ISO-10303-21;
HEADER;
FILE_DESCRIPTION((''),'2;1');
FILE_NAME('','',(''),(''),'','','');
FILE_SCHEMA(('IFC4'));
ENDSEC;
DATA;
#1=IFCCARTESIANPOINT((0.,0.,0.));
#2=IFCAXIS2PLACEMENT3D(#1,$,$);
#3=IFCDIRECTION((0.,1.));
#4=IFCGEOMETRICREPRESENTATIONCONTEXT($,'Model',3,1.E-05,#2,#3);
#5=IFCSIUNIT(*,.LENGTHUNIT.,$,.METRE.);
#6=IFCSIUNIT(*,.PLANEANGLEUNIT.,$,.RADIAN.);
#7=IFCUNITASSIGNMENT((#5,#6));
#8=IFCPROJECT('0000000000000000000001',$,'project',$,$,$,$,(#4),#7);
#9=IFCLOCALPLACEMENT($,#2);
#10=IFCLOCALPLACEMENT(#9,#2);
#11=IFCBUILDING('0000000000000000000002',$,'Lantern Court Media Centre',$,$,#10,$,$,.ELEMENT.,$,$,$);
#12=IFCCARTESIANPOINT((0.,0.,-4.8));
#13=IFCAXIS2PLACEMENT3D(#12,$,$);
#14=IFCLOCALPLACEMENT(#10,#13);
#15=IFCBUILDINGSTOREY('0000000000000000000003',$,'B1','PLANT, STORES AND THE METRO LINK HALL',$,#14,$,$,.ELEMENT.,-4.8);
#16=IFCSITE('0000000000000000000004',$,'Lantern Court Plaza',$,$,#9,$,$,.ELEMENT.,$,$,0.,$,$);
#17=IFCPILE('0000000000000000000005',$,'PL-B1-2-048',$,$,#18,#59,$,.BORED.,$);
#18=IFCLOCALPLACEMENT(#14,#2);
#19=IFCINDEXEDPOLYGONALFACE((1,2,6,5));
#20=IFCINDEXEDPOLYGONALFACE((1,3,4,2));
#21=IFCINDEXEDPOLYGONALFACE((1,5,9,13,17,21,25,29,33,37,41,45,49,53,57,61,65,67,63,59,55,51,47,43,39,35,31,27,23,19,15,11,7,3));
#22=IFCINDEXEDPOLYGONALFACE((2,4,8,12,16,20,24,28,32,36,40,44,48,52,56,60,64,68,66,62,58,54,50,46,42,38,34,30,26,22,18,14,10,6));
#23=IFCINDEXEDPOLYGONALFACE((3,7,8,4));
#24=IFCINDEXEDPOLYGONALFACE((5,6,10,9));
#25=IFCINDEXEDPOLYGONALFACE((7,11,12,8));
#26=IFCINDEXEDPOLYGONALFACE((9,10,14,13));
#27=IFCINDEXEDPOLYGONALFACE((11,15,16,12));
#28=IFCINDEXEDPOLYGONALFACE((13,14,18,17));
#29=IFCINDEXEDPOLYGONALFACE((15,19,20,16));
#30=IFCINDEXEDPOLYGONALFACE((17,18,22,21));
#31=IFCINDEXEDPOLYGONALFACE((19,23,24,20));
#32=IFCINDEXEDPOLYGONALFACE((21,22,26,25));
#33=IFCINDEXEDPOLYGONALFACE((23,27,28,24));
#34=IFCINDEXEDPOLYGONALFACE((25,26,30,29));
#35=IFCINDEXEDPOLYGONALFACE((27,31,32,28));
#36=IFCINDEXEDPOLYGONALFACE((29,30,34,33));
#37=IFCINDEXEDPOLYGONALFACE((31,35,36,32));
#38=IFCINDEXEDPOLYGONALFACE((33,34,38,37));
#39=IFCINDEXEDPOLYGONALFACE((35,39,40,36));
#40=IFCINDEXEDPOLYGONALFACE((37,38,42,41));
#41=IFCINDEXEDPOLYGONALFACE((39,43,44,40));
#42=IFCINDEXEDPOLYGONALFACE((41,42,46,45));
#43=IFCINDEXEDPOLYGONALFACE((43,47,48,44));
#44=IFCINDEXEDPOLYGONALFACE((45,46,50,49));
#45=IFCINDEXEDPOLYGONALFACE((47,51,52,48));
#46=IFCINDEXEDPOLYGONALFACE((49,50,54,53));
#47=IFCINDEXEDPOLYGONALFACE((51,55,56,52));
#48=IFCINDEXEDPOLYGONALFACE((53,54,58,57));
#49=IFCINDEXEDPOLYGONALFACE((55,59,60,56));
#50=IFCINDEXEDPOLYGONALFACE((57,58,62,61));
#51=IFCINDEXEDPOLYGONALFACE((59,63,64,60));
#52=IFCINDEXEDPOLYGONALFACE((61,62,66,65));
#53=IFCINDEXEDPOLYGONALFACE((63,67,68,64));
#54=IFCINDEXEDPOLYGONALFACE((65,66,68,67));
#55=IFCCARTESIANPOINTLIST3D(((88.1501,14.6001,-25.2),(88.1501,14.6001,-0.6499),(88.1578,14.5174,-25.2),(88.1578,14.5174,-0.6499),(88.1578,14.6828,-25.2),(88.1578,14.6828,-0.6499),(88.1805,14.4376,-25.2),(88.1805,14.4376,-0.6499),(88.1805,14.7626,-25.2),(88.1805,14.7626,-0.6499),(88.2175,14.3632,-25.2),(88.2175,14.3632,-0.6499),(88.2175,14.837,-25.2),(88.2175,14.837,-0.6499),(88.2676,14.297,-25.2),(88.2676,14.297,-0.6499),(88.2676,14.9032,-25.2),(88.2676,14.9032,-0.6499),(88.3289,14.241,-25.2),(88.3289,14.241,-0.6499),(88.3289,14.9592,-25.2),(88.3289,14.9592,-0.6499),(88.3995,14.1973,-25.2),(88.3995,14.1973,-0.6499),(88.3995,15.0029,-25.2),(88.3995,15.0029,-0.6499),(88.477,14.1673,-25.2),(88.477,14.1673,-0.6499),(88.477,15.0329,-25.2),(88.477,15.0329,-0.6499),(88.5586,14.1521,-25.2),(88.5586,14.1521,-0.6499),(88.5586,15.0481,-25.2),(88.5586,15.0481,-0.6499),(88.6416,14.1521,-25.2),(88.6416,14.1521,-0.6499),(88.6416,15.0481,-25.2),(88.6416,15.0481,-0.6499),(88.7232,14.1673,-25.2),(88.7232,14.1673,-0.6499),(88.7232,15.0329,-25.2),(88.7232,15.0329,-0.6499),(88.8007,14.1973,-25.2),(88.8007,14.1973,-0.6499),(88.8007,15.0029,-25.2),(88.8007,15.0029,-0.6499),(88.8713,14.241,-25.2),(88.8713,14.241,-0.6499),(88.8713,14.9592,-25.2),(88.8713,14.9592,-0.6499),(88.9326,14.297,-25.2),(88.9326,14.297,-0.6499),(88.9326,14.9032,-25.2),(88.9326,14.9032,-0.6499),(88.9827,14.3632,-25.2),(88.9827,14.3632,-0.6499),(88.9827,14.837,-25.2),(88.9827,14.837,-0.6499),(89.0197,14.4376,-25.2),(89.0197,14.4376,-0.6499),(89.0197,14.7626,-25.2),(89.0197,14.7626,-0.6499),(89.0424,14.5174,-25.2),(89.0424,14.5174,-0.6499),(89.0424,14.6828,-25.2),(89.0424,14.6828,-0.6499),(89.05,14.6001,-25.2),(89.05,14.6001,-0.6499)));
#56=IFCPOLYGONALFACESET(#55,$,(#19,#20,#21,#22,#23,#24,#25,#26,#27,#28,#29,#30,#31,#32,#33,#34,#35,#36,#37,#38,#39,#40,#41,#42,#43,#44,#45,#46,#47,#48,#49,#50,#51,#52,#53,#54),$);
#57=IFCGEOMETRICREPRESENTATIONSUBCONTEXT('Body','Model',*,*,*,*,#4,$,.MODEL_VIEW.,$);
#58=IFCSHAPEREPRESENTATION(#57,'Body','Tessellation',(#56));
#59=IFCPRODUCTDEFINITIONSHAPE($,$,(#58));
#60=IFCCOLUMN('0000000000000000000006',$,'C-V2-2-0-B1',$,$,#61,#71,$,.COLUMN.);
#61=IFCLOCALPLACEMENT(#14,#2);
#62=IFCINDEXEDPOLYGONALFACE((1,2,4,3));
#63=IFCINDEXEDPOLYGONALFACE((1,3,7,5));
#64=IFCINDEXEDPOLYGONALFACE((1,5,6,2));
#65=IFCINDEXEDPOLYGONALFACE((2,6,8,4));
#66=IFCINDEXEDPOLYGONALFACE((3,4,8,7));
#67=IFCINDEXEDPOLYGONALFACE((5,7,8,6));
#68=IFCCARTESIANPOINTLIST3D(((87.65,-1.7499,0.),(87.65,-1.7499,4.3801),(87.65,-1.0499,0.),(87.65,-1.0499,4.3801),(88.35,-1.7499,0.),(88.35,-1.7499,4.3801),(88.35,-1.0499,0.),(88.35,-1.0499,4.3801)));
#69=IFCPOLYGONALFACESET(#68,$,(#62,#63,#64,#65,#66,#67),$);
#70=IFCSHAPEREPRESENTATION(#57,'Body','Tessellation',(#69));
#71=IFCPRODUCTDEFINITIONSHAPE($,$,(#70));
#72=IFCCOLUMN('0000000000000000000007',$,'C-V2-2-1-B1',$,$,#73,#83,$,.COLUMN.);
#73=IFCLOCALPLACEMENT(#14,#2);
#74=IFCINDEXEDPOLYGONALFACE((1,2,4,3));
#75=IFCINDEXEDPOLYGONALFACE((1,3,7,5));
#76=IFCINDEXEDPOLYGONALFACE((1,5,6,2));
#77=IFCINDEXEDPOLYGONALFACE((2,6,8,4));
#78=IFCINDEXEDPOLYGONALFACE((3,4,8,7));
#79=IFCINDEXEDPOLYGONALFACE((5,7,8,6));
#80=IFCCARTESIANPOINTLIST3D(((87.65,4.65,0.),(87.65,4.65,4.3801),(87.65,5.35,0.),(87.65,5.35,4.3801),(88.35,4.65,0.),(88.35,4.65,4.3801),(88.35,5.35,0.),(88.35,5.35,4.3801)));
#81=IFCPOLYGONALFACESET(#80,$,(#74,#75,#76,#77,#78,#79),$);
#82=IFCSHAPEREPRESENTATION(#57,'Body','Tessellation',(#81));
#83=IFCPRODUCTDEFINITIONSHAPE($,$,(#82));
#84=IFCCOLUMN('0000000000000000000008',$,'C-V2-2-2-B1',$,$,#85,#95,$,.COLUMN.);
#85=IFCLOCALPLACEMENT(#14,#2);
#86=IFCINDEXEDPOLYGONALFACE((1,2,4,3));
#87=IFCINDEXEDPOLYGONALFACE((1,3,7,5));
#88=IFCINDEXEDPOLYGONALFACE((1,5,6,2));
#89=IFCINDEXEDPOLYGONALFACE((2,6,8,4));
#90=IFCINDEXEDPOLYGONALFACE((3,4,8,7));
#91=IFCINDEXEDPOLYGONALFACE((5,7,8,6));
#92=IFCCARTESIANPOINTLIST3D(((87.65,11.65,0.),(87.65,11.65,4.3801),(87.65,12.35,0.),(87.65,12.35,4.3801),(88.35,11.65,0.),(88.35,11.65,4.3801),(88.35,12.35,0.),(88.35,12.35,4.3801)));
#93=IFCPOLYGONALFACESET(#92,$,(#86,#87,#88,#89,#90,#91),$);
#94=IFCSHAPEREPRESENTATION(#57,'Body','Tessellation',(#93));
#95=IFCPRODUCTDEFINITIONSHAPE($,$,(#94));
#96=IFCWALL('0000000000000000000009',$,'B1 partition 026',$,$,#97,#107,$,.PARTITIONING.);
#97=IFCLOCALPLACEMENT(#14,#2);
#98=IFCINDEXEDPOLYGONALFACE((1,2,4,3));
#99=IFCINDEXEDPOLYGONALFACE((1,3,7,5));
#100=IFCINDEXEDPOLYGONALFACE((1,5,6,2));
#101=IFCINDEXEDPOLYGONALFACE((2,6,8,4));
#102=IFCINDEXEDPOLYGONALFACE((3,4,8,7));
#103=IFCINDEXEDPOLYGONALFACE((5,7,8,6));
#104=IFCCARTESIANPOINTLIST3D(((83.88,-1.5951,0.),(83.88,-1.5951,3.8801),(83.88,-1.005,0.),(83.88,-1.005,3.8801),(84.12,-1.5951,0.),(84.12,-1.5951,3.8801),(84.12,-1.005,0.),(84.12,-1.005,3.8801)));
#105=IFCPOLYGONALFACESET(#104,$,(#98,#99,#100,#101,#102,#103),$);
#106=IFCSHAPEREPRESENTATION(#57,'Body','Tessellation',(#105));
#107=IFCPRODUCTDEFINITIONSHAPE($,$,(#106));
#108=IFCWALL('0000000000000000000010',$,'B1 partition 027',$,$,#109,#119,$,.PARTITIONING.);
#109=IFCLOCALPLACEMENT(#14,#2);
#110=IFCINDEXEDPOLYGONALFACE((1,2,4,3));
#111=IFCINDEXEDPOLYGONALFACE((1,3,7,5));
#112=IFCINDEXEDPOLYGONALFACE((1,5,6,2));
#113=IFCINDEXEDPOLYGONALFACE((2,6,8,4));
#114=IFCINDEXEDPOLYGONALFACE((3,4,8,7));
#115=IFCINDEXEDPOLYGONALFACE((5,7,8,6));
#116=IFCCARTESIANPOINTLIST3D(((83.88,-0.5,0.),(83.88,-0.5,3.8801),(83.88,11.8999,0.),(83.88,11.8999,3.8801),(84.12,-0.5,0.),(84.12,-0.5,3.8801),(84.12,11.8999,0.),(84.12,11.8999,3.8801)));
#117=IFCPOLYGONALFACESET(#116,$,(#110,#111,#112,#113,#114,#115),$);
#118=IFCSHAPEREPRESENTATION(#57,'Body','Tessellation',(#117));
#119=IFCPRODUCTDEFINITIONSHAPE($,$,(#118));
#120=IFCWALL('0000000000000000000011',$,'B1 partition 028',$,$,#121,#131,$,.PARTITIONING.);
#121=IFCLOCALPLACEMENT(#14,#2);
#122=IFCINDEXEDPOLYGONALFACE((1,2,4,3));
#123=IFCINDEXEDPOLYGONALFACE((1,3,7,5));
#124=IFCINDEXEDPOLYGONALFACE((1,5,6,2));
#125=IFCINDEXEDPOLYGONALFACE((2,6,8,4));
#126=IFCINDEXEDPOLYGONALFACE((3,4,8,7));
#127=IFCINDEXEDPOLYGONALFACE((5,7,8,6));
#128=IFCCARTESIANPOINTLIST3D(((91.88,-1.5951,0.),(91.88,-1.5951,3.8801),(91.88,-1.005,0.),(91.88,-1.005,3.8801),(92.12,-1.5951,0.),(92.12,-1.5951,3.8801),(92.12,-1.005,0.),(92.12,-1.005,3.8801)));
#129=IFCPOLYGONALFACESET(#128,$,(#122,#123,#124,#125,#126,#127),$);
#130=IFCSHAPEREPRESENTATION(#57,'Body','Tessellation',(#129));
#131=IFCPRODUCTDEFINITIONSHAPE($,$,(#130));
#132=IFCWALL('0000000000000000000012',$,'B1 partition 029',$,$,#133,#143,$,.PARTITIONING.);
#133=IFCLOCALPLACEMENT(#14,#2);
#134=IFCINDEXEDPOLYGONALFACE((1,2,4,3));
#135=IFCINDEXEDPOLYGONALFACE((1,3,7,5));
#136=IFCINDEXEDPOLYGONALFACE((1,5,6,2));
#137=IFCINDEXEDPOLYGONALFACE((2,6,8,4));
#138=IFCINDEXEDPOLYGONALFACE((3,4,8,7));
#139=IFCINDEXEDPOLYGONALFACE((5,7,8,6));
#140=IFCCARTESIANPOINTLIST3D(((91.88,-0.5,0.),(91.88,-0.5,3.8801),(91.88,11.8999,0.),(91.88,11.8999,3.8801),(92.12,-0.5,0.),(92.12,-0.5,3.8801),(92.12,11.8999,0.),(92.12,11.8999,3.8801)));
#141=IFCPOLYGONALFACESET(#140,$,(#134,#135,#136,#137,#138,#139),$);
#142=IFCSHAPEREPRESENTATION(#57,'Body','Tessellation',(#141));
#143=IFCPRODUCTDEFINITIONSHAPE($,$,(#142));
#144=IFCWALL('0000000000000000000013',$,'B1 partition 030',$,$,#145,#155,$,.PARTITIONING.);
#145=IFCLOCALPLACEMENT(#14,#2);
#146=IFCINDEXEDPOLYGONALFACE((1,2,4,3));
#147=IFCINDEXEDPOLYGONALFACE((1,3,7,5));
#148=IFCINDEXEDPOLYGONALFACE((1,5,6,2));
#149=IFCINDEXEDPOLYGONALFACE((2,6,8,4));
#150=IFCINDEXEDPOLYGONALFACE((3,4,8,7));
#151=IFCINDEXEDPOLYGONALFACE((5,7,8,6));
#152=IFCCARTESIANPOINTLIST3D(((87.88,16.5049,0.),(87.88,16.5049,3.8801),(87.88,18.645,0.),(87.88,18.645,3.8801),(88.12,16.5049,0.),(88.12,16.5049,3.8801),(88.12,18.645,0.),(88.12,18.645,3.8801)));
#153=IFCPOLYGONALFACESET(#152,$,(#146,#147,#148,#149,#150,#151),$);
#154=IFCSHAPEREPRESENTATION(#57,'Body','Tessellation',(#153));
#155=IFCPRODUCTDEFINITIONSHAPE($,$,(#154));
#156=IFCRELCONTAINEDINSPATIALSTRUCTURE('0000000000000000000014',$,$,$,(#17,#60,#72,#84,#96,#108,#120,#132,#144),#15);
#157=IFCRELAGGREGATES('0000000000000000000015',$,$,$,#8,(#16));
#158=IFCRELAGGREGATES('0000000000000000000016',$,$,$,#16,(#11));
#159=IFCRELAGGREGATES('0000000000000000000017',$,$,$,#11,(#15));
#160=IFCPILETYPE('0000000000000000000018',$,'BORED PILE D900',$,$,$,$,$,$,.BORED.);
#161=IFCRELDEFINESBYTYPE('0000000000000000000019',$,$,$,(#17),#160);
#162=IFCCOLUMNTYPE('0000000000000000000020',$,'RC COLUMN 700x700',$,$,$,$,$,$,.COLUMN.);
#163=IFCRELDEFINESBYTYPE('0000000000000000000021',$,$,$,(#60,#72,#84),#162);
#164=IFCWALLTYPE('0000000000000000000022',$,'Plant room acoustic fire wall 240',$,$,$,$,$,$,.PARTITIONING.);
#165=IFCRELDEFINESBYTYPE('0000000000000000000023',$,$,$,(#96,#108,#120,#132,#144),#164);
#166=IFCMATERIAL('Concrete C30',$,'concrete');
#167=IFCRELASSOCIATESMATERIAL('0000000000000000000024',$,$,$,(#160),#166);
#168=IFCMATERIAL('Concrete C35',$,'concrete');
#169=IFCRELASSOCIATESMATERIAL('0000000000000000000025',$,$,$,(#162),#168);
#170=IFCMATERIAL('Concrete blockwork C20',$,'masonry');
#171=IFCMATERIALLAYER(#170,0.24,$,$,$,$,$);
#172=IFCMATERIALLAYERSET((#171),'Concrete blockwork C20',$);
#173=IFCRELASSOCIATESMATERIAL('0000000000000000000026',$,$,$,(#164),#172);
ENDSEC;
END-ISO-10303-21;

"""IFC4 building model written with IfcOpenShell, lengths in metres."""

from ifc_helpers import new_model, si_unit, direction, frame, frame_2d, origin, origin_2d, place, context, subcontext, project, spatial, rectangle, circle, extrude, material, layer, layer_set, material_profile, profile_set, type_object, element, save


model = new_model("IFC4")

# Units and contexts
model_context = context("Model", 3, precision=1e-05, world=origin(), true_north=direction((0.0, 1.0)))
body_context = subcontext(model_context, "Body", "Model", "MODEL_VIEW")
ifc_project = project(units=[si_unit("LENGTHUNIT", "METRE"), si_unit("PLANEANGLEUNIT", "RADIAN")], contexts=[model_context])

# Site, building, storey
site_placement = place(None, origin())
site = spatial("IfcSite", under=ifc_project, at=site_placement, Name="Lantern Court Plaza", CompositionType="ELEMENT", RefElevation=0.0)
building_placement = place(site_placement, origin())
building = spatial("IfcBuilding", under=site, at=building_placement, Name="Lantern Court Media Centre", CompositionType="ELEMENT")
storey_placement = place(building_placement, frame((0.0, 0.0, -4.8)))
storey = spatial("IfcBuildingStorey", under=building, at=storey_placement, Name="B1", Description="PLANT, STORES AND THE METRO LINK HALL", CompositionType="ELEMENT", Elevation=-4.8)

# Pile
ifc_material_1 = material(Name="Concrete C30", Category="concrete")
ifc_material_profile_1 = material_profile(ifc_material_1, circle(Radius=0.45, at=origin_2d()), Name="D900")
ifc_profile_set_1 = profile_set([ifc_material_profile_1], Name="Concrete C30")
pile_type = type_object("IfcPileType", Name="BORED PILE D900", PredefinedType="BORED", material=ifc_profile_set_1)
for number, where, z_axis, x_axis, name in (
    (1, (88.6001, 14.6001, -0.6499), (0.0, 0.0, -1.0), (1.0, 0.0, 0.0), "PL-B1-2-048"),
):
    element("IfcPile", number, at=place(storey_placement, frame(where, z_axis=z_axis, x_axis=x_axis)), inside=storey, type_object=pile_type, Name=name, PredefinedType="BORED", context=body_context, shape_type="SweptSolid", body=[
        extrude(circle(Radius=0.45, at=origin_2d()), origin(), (0.0, 0.0, 1.0), 24.55),
    ])

# Columns
ifc_material_2 = material(Name="Concrete C35", Category="concrete")
ifc_material_profile_2 = material_profile(ifc_material_2, rectangle(XDim=0.7, YDim=0.7, at=origin_2d()), Name="RC 700x700")
ifc_profile_set_2 = profile_set([ifc_material_profile_2], Name="Concrete C35")
column_type = type_object("IfcColumnType", Name="RC COLUMN 700x700", PredefinedType="COLUMN", material=ifc_profile_set_2)
for number, where, z_axis, x_axis, name in (
    (2, (88.0, -1.3999, 0.0), (0.0, 0.0, 1.0), (1.0, 0.0, 0.0), "C-V2-2-0-B1"),
    (3, (88.0, 5.0, 0.0), (0.0, 0.0, 1.0), (1.0, 0.0, 0.0), "C-V2-2-1-B1"),
    (4, (88.0, 12.0, 0.0), (0.0, 0.0, 1.0), (1.0, 0.0, 0.0), "C-V2-2-2-B1"),
):
    element("IfcColumn", number, at=place(storey_placement, frame(where, z_axis=z_axis, x_axis=x_axis)), inside=storey, type_object=column_type, Name=name, PredefinedType="COLUMN", context=body_context, shape_type="SweptSolid", body=[
        extrude(rectangle(XDim=0.7, YDim=0.7, at=origin_2d()), origin(), (0.0, 0.0, 1.0), 4.3801),
    ])

# Walls
ifc_material_3 = material(Name="Concrete blockwork C20", Category="masonry")
ifc_layer = layer(ifc_material_3, 0.24)
ifc_layer_set = layer_set([ifc_layer], Name="Concrete blockwork C20")
wall_type = type_object("IfcWallType", Name="Plant room acoustic fire wall 240", PredefinedType="PARTITIONING", material=ifc_layer_set)
wall_1_placement = place(storey_placement, frame((84.0, -1.595, 0.0), z_axis=(0.0, 0.0, 1.0), x_axis=(0.0, 1.0, 0.0)))
element("IfcWall", 5, at=wall_1_placement, inside=storey, type_object=wall_type, Name="B1 partition 026", PredefinedType="PARTITIONING", context=body_context, shape_type="SweptSolid", body=[
    extrude(rectangle(XDim=0.5901, YDim=0.24, at=frame_2d((0.2949, 0.0))), origin(), (0.0, 0.0, 1.0), 3.8801),
])
wall_2_placement = place(storey_placement, frame((84.0, -0.5, 0.0), z_axis=(0.0, 0.0, 1.0), x_axis=(0.0, 1.0, 0.0)))
element("IfcWall", 6, at=wall_2_placement, inside=storey, type_object=wall_type, Name="B1 partition 027", PredefinedType="PARTITIONING", context=body_context, shape_type="SweptSolid", body=[
    extrude(rectangle(XDim=12.3999, YDim=0.24, at=frame_2d((6.2, 0.0))), origin(), (0.0, 0.0, 1.0), 3.8801),
])
wall_3_placement = place(storey_placement, frame((92.0, -1.595, 0.0), z_axis=(0.0, 0.0, 1.0), x_axis=(0.0, 1.0, 0.0)))
element("IfcWall", 7, at=wall_3_placement, inside=storey, type_object=wall_type, Name="B1 partition 028", PredefinedType="PARTITIONING", context=body_context, shape_type="SweptSolid", body=[
    extrude(rectangle(XDim=0.5901, YDim=0.24, at=frame_2d((0.2949, 0.0))), origin(), (0.0, 0.0, 1.0), 3.8801),
])
wall_4_placement = place(storey_placement, frame((92.0, -0.5, 0.0), z_axis=(0.0, 0.0, 1.0), x_axis=(0.0, 1.0, 0.0)))
element("IfcWall", 8, at=wall_4_placement, inside=storey, type_object=wall_type, Name="B1 partition 029", PredefinedType="PARTITIONING", context=body_context, shape_type="SweptSolid", body=[
    extrude(rectangle(XDim=12.3999, YDim=0.24, at=frame_2d((6.2, 0.0))), origin(), (0.0, 0.0, 1.0), 3.8801),
])
wall_5_placement = place(storey_placement, frame((88.0, 16.5049, 0.0), z_axis=(0.0, 0.0, 1.0), x_axis=(0.0, 1.0, 0.0)))
element("IfcWall", 9, at=wall_5_placement, inside=storey, type_object=wall_type, Name="B1 partition 030", PredefinedType="PARTITIONING", context=body_context, shape_type="SweptSolid", body=[
    extrude(rectangle(XDim=2.1401, YDim=0.24, at=frame_2d((1.0701, 0.0))), origin(), (0.0, 0.0, 1.0), 3.8801),
])

save(model, "model.ifc")
